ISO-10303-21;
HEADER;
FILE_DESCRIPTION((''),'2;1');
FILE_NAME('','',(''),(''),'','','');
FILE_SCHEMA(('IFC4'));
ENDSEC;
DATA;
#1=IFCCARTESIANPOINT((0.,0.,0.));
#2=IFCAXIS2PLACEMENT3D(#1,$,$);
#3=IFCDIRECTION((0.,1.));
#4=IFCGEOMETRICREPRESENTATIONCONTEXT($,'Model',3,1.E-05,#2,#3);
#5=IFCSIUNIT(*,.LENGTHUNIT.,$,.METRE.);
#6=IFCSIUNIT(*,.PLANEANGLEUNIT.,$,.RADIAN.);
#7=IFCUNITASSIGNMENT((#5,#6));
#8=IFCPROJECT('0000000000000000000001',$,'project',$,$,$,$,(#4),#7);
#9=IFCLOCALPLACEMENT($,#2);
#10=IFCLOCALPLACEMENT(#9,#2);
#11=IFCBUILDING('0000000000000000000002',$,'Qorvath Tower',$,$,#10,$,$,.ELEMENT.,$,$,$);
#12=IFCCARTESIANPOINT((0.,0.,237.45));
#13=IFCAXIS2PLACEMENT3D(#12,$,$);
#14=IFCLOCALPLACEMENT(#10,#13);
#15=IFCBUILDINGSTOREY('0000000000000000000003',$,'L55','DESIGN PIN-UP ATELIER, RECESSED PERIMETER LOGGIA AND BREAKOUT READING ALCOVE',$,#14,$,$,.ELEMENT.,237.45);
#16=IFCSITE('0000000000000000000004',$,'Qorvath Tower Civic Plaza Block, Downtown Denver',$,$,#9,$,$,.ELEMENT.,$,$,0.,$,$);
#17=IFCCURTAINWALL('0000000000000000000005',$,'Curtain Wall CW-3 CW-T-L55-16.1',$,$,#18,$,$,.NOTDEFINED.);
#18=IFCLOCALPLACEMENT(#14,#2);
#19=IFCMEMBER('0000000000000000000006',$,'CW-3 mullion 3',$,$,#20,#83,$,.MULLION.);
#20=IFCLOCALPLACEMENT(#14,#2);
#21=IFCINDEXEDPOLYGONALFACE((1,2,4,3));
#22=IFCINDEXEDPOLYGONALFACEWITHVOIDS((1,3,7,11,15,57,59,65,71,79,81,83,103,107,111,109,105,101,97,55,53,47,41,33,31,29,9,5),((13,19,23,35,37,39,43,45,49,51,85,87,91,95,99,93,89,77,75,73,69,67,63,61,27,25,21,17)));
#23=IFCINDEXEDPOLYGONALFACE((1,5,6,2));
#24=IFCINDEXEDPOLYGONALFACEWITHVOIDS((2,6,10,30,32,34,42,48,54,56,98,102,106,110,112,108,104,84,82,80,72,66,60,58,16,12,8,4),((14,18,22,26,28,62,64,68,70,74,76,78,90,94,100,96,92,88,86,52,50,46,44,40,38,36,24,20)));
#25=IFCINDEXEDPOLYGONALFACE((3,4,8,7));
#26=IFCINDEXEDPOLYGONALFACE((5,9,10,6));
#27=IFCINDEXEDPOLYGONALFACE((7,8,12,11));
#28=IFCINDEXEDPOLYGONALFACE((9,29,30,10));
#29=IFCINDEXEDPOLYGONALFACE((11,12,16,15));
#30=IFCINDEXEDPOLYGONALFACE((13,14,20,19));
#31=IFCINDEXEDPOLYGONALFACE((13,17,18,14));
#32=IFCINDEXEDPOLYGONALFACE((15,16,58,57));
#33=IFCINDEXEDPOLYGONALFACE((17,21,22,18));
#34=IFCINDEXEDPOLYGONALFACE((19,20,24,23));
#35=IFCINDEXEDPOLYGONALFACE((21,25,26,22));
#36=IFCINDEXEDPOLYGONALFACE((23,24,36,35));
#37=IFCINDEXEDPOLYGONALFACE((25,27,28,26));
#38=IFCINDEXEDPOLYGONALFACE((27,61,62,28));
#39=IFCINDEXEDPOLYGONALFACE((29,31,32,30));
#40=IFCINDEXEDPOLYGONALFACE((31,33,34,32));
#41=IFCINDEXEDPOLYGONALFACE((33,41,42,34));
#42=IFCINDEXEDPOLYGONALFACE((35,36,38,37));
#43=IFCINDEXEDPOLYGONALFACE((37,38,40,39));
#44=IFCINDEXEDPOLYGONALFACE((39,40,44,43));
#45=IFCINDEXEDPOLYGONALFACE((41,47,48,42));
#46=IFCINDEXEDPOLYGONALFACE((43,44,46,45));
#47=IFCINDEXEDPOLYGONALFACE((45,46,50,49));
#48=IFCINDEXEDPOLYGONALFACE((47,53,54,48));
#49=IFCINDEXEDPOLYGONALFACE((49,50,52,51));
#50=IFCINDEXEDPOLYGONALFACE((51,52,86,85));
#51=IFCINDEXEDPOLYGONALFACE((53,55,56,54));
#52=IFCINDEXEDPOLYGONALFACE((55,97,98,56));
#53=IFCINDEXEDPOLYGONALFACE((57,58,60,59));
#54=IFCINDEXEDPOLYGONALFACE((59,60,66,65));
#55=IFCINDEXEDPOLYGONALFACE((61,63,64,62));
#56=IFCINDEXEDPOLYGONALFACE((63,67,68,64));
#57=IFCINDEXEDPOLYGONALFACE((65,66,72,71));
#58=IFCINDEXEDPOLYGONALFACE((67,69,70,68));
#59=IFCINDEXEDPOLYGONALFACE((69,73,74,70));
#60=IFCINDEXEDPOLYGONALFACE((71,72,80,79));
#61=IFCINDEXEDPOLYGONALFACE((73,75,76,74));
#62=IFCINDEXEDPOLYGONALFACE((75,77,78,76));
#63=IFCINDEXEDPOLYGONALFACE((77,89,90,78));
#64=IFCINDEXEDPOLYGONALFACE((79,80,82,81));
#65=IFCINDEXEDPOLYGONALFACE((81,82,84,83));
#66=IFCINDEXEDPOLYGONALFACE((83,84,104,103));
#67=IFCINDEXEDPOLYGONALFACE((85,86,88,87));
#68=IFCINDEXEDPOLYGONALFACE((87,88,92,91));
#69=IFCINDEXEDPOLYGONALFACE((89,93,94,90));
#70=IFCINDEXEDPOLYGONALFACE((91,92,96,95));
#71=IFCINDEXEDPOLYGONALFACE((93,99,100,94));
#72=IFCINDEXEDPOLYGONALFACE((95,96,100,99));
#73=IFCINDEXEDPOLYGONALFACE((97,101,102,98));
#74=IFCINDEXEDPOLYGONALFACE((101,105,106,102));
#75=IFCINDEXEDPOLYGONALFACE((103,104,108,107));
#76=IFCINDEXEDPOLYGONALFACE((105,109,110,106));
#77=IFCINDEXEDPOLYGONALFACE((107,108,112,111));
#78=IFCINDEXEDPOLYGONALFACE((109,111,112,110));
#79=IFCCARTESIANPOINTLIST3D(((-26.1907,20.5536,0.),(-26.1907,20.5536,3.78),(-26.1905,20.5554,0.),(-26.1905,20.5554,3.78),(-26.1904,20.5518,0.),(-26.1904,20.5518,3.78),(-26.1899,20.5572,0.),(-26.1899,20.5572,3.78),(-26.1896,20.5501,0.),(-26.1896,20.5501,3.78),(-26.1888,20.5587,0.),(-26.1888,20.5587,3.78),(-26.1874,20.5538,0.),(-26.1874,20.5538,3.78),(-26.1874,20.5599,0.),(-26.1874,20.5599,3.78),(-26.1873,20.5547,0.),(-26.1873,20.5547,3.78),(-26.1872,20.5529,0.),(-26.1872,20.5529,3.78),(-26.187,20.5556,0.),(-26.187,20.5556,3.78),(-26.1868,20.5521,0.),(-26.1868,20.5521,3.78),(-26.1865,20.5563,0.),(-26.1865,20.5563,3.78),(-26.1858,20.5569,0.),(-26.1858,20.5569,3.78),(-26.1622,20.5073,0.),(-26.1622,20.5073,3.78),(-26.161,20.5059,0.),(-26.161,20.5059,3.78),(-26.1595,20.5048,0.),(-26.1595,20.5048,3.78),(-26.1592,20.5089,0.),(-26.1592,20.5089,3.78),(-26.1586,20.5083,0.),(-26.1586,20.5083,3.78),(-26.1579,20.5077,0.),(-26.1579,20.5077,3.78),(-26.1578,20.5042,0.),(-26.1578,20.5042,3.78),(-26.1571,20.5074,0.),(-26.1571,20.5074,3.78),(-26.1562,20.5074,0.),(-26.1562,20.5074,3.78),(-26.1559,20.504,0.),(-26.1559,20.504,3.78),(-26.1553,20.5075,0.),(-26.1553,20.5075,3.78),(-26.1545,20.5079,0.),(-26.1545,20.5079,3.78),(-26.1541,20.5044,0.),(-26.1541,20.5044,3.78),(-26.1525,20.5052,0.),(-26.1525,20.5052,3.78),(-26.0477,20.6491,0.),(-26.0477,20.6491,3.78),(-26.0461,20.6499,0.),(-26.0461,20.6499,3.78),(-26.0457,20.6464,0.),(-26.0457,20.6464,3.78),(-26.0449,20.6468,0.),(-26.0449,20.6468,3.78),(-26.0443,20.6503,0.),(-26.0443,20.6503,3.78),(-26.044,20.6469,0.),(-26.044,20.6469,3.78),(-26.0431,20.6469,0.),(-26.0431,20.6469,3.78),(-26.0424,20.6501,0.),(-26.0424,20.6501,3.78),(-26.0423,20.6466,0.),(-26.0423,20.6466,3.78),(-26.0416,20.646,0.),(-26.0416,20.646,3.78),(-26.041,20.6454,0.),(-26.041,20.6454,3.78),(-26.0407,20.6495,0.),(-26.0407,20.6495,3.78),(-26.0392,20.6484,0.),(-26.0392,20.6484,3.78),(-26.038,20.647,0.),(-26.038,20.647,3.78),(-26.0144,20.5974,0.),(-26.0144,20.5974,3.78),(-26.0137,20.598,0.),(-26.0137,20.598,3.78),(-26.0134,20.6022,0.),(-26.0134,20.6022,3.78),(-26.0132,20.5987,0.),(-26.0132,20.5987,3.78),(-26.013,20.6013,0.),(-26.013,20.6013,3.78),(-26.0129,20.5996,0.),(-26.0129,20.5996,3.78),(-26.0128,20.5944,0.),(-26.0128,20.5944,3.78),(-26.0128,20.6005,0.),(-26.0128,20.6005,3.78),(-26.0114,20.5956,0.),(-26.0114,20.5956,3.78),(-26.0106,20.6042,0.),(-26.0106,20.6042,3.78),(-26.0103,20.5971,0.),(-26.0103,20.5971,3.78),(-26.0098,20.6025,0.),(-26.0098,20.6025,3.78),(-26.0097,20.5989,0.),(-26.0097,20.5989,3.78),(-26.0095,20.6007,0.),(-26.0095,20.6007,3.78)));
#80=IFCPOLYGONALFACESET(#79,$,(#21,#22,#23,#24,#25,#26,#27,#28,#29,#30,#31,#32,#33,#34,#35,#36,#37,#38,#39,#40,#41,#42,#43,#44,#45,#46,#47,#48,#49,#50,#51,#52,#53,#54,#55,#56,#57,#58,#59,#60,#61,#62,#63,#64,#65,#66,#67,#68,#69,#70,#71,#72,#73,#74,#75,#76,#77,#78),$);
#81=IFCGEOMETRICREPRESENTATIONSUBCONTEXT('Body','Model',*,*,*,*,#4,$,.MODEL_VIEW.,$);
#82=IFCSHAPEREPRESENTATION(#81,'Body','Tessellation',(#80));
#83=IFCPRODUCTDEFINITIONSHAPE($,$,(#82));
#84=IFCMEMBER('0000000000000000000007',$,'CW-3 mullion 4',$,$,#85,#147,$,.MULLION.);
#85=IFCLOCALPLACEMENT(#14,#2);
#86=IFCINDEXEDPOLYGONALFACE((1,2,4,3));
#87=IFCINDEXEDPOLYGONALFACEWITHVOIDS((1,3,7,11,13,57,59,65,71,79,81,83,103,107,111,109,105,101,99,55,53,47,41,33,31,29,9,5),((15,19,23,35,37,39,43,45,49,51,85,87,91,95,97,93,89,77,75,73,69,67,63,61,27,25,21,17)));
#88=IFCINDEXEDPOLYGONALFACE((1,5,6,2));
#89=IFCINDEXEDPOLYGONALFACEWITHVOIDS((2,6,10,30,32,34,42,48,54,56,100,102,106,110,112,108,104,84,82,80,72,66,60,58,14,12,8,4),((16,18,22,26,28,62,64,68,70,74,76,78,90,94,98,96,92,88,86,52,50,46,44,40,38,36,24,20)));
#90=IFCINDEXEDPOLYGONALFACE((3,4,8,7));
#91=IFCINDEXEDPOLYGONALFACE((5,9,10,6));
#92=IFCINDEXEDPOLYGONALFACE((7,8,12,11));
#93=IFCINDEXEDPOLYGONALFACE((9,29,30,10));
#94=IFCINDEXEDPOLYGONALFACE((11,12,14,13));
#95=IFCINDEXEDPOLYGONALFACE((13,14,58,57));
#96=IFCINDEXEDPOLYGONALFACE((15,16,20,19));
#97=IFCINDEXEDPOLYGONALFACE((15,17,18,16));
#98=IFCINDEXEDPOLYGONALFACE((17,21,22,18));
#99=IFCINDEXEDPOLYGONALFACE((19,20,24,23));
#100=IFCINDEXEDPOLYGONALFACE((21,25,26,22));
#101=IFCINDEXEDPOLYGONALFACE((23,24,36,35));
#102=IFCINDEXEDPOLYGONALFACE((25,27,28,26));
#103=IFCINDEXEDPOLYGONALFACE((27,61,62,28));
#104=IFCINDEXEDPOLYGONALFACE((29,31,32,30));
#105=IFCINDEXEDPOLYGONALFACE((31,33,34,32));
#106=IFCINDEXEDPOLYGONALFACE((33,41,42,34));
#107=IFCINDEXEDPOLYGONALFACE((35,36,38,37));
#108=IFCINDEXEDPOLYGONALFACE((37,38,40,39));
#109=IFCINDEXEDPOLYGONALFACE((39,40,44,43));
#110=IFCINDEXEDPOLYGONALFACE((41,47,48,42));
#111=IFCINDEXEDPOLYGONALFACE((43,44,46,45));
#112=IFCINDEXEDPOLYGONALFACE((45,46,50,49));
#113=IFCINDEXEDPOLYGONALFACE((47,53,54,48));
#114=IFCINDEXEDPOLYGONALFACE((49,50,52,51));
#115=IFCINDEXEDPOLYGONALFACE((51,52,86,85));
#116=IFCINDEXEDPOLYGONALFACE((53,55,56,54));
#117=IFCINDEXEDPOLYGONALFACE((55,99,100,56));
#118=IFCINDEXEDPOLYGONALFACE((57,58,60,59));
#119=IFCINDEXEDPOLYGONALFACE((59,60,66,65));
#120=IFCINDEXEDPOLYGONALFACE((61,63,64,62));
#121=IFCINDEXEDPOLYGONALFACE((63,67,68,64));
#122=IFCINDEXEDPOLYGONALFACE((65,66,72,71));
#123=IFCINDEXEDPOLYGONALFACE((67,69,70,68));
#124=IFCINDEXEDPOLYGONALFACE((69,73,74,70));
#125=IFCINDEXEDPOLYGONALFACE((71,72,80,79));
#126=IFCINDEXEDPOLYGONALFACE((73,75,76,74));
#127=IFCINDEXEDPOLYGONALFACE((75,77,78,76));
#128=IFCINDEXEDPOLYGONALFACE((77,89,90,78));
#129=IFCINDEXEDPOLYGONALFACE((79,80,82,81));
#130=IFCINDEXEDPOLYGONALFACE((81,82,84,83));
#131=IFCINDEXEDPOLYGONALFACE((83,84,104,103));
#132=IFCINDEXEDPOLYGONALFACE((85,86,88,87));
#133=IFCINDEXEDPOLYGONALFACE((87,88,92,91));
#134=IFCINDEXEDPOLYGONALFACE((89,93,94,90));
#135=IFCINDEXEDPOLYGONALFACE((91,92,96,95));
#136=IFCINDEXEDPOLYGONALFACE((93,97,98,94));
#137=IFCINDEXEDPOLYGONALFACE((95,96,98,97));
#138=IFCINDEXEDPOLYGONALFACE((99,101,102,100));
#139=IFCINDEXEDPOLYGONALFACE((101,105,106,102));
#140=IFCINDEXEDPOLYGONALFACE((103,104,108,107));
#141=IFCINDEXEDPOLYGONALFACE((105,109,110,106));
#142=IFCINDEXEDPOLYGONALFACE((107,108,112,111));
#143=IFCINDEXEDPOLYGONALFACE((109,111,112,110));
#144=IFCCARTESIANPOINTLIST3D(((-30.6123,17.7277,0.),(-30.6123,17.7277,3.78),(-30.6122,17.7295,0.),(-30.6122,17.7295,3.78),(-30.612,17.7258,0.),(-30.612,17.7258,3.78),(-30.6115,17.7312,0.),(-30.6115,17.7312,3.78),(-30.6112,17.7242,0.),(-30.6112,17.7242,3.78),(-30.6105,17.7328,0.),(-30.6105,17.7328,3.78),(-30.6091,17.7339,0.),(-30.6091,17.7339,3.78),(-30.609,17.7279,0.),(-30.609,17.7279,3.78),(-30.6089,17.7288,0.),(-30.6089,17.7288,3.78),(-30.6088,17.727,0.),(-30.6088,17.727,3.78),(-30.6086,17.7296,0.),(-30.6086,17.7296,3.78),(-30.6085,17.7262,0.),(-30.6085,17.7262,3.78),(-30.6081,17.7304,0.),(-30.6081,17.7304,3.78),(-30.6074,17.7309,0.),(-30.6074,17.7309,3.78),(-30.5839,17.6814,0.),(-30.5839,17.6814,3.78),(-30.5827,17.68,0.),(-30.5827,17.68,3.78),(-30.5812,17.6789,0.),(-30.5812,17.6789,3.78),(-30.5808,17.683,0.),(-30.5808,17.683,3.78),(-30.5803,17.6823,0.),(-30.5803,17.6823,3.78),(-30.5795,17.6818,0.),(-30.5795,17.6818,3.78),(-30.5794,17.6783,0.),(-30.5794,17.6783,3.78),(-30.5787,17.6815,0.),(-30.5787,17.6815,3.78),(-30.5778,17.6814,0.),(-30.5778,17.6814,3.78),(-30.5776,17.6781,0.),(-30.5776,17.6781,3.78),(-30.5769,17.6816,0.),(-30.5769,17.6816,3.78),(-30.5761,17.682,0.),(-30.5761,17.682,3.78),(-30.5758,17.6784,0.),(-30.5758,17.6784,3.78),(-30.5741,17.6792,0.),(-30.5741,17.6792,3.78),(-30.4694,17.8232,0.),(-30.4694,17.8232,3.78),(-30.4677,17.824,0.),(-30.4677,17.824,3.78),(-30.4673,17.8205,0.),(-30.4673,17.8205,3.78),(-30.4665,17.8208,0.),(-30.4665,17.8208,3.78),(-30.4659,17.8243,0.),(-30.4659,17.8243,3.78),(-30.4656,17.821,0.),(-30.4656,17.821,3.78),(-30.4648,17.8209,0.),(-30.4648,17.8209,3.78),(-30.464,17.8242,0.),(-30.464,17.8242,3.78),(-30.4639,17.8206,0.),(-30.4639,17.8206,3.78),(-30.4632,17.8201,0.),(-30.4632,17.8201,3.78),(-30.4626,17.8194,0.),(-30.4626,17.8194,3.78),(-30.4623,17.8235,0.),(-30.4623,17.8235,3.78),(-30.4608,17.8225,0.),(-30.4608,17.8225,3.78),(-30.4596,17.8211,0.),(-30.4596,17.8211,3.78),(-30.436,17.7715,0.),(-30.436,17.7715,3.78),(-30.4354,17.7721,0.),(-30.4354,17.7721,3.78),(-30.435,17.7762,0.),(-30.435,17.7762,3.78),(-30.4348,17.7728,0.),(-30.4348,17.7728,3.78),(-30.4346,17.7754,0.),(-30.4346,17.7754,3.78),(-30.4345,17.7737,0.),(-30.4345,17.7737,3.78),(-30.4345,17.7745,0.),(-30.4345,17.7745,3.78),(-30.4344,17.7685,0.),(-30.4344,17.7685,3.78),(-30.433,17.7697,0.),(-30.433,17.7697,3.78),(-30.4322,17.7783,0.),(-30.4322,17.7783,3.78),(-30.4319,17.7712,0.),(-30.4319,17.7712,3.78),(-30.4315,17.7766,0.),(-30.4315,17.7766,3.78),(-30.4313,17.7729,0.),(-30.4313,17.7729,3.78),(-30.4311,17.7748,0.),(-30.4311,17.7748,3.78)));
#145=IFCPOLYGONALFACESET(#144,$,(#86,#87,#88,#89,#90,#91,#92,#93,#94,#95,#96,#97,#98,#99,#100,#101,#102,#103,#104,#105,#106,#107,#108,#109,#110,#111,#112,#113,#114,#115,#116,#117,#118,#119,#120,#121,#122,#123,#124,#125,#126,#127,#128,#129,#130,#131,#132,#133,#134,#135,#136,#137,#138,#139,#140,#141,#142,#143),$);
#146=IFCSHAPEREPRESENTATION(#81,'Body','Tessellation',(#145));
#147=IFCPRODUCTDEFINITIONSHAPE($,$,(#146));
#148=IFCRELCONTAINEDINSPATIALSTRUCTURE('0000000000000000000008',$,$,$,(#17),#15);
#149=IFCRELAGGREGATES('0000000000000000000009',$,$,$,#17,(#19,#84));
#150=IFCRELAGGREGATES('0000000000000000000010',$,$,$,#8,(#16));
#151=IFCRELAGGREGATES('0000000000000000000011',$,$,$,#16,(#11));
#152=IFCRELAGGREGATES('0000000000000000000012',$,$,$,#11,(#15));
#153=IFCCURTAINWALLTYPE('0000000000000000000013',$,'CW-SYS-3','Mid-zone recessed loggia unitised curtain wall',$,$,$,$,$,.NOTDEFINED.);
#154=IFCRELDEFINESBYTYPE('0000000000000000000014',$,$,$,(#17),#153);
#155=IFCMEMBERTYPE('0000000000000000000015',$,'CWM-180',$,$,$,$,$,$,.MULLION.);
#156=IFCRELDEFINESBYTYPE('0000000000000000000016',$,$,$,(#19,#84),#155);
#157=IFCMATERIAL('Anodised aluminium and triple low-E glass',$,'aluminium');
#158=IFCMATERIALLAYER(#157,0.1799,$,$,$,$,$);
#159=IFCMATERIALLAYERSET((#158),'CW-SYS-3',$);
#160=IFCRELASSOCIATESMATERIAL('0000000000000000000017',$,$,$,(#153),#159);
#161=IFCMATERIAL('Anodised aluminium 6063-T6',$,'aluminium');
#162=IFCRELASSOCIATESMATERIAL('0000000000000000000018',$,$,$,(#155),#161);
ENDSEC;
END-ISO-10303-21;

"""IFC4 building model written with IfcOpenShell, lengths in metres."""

from ifc_helpers import new_model, si_unit, direction, frame, origin, origin_2d, place, context, subcontext, project, spatial, hollow_rectangle, extrude, material, layer, layer_set, material_profile, profile_set, type_object, element, aggregate, save


model = new_model("IFC4")

# Units and contexts
model_context = context("Model", 3, precision=1e-05, world=origin(), true_north=direction((0.0, 1.0)))
body_context = subcontext(model_context, "Body", "Model", "MODEL_VIEW")
ifc_project = project(units=[si_unit("LENGTHUNIT", "METRE"), si_unit("PLANEANGLEUNIT", "RADIAN")], contexts=[model_context])

# Site, building, storey
site_placement = place(None, origin())
site = spatial("IfcSite", under=ifc_project, at=site_placement, Name="Qorvath Tower Civic Plaza Block, Downtown Denver", CompositionType="ELEMENT", RefElevation=0.0)
building_placement = place(site_placement, origin())
building = spatial("IfcBuilding", under=site, at=building_placement, Name="Qorvath Tower", CompositionType="ELEMENT")
storey_placement = place(building_placement, frame((0.0, 0.0, 237.45)))
storey = spatial("IfcBuildingStorey", under=building, at=storey_placement, Name="L55", Description="DESIGN PIN-UP ATELIER, RECESSED PERIMETER LOGGIA AND BREAKOUT READING ALCOVE", CompositionType="ELEMENT", Elevation=237.45)

# Curtain wall, members
ifc_material_1 = material(Name="Anodised aluminium and triple low-E glass", Category="aluminium")
ifc_layer_1 = layer(ifc_material_1, 0.1799)
ifc_layer_set_1 = layer_set([ifc_layer_1], Name="CW-SYS-3")
curtain_wall_type = type_object("IfcCurtainWallType", Name="CW-SYS-3", Description="Mid-zone recessed loggia unitised curtain wall", PredefinedType="NOTDEFINED", material=ifc_layer_set_1)
curtain_wall_placement = place(storey_placement, origin())
curtain_wall = element("IfcCurtainWall", 1, at=curtain_wall_placement, inside=storey, type_object=curtain_wall_type, Name="Curtain Wall CW-3 CW-T-L55-16.1", PredefinedType="NOTDEFINED")
ifc_material_2 = material(Name="Anodised aluminium 6063-T6", Category="aluminium")
ifc_material_profile_1 = material_profile(ifc_material_2, hollow_rectangle(XDim=0.0649, YDim=0.1799, WallThickness=0.0034, InnerFilletRadius=0.0034, OuterFilletRadius=0.0071, at=origin_2d()), Name="CWM 180x65")
ifc_profile_set_1 = profile_set([ifc_material_profile_1], Name="Anodised aluminium 6063-T6")
member_type_1 = type_object("IfcMemberType", Name="CWM-180", PredefinedType="MULLION", material=ifc_profile_set_1)
member_1_placement = place(storey_placement, frame((-26.1001, 20.5771, 0.0), z_axis=(0.0, 0.0, 1.0), x_axis=(0.538529, -0.842607, 0.0)))
member_1 = element("IfcMember", 2, at=member_1_placement, type_object=member_type_1, Name="CW-3 mullion 3", PredefinedType="MULLION", context=body_context, shape_type="SweptSolid", body=[
    extrude(hollow_rectangle(XDim=0.0649, YDim=0.1799, WallThickness=0.0034, InnerFilletRadius=0.0034, OuterFilletRadius=0.0071, at=origin_2d()), origin(), (0.0, 0.0, 1.0), 3.78),
])
member_2_placement = place(storey_placement, frame((-30.5217, 17.7512, 0.0), z_axis=(0.0, 0.0, 1.0), x_axis=(0.538529, -0.842607, 0.0)))
member_2 = element("IfcMember", 3, at=member_2_placement, type_object=member_type_1, Name="CW-3 mullion 4", PredefinedType="MULLION", context=body_context, shape_type="SweptSolid", body=[
    extrude(hollow_rectangle(XDim=0.0649, YDim=0.1799, WallThickness=0.0034, InnerFilletRadius=0.0034, OuterFilletRadius=0.0071, at=origin_2d()), origin(), (0.0, 0.0, 1.0), 3.78),
])
aggregate(curtain_wall, [member_1, member_2])

save(model, "model.ifc")
